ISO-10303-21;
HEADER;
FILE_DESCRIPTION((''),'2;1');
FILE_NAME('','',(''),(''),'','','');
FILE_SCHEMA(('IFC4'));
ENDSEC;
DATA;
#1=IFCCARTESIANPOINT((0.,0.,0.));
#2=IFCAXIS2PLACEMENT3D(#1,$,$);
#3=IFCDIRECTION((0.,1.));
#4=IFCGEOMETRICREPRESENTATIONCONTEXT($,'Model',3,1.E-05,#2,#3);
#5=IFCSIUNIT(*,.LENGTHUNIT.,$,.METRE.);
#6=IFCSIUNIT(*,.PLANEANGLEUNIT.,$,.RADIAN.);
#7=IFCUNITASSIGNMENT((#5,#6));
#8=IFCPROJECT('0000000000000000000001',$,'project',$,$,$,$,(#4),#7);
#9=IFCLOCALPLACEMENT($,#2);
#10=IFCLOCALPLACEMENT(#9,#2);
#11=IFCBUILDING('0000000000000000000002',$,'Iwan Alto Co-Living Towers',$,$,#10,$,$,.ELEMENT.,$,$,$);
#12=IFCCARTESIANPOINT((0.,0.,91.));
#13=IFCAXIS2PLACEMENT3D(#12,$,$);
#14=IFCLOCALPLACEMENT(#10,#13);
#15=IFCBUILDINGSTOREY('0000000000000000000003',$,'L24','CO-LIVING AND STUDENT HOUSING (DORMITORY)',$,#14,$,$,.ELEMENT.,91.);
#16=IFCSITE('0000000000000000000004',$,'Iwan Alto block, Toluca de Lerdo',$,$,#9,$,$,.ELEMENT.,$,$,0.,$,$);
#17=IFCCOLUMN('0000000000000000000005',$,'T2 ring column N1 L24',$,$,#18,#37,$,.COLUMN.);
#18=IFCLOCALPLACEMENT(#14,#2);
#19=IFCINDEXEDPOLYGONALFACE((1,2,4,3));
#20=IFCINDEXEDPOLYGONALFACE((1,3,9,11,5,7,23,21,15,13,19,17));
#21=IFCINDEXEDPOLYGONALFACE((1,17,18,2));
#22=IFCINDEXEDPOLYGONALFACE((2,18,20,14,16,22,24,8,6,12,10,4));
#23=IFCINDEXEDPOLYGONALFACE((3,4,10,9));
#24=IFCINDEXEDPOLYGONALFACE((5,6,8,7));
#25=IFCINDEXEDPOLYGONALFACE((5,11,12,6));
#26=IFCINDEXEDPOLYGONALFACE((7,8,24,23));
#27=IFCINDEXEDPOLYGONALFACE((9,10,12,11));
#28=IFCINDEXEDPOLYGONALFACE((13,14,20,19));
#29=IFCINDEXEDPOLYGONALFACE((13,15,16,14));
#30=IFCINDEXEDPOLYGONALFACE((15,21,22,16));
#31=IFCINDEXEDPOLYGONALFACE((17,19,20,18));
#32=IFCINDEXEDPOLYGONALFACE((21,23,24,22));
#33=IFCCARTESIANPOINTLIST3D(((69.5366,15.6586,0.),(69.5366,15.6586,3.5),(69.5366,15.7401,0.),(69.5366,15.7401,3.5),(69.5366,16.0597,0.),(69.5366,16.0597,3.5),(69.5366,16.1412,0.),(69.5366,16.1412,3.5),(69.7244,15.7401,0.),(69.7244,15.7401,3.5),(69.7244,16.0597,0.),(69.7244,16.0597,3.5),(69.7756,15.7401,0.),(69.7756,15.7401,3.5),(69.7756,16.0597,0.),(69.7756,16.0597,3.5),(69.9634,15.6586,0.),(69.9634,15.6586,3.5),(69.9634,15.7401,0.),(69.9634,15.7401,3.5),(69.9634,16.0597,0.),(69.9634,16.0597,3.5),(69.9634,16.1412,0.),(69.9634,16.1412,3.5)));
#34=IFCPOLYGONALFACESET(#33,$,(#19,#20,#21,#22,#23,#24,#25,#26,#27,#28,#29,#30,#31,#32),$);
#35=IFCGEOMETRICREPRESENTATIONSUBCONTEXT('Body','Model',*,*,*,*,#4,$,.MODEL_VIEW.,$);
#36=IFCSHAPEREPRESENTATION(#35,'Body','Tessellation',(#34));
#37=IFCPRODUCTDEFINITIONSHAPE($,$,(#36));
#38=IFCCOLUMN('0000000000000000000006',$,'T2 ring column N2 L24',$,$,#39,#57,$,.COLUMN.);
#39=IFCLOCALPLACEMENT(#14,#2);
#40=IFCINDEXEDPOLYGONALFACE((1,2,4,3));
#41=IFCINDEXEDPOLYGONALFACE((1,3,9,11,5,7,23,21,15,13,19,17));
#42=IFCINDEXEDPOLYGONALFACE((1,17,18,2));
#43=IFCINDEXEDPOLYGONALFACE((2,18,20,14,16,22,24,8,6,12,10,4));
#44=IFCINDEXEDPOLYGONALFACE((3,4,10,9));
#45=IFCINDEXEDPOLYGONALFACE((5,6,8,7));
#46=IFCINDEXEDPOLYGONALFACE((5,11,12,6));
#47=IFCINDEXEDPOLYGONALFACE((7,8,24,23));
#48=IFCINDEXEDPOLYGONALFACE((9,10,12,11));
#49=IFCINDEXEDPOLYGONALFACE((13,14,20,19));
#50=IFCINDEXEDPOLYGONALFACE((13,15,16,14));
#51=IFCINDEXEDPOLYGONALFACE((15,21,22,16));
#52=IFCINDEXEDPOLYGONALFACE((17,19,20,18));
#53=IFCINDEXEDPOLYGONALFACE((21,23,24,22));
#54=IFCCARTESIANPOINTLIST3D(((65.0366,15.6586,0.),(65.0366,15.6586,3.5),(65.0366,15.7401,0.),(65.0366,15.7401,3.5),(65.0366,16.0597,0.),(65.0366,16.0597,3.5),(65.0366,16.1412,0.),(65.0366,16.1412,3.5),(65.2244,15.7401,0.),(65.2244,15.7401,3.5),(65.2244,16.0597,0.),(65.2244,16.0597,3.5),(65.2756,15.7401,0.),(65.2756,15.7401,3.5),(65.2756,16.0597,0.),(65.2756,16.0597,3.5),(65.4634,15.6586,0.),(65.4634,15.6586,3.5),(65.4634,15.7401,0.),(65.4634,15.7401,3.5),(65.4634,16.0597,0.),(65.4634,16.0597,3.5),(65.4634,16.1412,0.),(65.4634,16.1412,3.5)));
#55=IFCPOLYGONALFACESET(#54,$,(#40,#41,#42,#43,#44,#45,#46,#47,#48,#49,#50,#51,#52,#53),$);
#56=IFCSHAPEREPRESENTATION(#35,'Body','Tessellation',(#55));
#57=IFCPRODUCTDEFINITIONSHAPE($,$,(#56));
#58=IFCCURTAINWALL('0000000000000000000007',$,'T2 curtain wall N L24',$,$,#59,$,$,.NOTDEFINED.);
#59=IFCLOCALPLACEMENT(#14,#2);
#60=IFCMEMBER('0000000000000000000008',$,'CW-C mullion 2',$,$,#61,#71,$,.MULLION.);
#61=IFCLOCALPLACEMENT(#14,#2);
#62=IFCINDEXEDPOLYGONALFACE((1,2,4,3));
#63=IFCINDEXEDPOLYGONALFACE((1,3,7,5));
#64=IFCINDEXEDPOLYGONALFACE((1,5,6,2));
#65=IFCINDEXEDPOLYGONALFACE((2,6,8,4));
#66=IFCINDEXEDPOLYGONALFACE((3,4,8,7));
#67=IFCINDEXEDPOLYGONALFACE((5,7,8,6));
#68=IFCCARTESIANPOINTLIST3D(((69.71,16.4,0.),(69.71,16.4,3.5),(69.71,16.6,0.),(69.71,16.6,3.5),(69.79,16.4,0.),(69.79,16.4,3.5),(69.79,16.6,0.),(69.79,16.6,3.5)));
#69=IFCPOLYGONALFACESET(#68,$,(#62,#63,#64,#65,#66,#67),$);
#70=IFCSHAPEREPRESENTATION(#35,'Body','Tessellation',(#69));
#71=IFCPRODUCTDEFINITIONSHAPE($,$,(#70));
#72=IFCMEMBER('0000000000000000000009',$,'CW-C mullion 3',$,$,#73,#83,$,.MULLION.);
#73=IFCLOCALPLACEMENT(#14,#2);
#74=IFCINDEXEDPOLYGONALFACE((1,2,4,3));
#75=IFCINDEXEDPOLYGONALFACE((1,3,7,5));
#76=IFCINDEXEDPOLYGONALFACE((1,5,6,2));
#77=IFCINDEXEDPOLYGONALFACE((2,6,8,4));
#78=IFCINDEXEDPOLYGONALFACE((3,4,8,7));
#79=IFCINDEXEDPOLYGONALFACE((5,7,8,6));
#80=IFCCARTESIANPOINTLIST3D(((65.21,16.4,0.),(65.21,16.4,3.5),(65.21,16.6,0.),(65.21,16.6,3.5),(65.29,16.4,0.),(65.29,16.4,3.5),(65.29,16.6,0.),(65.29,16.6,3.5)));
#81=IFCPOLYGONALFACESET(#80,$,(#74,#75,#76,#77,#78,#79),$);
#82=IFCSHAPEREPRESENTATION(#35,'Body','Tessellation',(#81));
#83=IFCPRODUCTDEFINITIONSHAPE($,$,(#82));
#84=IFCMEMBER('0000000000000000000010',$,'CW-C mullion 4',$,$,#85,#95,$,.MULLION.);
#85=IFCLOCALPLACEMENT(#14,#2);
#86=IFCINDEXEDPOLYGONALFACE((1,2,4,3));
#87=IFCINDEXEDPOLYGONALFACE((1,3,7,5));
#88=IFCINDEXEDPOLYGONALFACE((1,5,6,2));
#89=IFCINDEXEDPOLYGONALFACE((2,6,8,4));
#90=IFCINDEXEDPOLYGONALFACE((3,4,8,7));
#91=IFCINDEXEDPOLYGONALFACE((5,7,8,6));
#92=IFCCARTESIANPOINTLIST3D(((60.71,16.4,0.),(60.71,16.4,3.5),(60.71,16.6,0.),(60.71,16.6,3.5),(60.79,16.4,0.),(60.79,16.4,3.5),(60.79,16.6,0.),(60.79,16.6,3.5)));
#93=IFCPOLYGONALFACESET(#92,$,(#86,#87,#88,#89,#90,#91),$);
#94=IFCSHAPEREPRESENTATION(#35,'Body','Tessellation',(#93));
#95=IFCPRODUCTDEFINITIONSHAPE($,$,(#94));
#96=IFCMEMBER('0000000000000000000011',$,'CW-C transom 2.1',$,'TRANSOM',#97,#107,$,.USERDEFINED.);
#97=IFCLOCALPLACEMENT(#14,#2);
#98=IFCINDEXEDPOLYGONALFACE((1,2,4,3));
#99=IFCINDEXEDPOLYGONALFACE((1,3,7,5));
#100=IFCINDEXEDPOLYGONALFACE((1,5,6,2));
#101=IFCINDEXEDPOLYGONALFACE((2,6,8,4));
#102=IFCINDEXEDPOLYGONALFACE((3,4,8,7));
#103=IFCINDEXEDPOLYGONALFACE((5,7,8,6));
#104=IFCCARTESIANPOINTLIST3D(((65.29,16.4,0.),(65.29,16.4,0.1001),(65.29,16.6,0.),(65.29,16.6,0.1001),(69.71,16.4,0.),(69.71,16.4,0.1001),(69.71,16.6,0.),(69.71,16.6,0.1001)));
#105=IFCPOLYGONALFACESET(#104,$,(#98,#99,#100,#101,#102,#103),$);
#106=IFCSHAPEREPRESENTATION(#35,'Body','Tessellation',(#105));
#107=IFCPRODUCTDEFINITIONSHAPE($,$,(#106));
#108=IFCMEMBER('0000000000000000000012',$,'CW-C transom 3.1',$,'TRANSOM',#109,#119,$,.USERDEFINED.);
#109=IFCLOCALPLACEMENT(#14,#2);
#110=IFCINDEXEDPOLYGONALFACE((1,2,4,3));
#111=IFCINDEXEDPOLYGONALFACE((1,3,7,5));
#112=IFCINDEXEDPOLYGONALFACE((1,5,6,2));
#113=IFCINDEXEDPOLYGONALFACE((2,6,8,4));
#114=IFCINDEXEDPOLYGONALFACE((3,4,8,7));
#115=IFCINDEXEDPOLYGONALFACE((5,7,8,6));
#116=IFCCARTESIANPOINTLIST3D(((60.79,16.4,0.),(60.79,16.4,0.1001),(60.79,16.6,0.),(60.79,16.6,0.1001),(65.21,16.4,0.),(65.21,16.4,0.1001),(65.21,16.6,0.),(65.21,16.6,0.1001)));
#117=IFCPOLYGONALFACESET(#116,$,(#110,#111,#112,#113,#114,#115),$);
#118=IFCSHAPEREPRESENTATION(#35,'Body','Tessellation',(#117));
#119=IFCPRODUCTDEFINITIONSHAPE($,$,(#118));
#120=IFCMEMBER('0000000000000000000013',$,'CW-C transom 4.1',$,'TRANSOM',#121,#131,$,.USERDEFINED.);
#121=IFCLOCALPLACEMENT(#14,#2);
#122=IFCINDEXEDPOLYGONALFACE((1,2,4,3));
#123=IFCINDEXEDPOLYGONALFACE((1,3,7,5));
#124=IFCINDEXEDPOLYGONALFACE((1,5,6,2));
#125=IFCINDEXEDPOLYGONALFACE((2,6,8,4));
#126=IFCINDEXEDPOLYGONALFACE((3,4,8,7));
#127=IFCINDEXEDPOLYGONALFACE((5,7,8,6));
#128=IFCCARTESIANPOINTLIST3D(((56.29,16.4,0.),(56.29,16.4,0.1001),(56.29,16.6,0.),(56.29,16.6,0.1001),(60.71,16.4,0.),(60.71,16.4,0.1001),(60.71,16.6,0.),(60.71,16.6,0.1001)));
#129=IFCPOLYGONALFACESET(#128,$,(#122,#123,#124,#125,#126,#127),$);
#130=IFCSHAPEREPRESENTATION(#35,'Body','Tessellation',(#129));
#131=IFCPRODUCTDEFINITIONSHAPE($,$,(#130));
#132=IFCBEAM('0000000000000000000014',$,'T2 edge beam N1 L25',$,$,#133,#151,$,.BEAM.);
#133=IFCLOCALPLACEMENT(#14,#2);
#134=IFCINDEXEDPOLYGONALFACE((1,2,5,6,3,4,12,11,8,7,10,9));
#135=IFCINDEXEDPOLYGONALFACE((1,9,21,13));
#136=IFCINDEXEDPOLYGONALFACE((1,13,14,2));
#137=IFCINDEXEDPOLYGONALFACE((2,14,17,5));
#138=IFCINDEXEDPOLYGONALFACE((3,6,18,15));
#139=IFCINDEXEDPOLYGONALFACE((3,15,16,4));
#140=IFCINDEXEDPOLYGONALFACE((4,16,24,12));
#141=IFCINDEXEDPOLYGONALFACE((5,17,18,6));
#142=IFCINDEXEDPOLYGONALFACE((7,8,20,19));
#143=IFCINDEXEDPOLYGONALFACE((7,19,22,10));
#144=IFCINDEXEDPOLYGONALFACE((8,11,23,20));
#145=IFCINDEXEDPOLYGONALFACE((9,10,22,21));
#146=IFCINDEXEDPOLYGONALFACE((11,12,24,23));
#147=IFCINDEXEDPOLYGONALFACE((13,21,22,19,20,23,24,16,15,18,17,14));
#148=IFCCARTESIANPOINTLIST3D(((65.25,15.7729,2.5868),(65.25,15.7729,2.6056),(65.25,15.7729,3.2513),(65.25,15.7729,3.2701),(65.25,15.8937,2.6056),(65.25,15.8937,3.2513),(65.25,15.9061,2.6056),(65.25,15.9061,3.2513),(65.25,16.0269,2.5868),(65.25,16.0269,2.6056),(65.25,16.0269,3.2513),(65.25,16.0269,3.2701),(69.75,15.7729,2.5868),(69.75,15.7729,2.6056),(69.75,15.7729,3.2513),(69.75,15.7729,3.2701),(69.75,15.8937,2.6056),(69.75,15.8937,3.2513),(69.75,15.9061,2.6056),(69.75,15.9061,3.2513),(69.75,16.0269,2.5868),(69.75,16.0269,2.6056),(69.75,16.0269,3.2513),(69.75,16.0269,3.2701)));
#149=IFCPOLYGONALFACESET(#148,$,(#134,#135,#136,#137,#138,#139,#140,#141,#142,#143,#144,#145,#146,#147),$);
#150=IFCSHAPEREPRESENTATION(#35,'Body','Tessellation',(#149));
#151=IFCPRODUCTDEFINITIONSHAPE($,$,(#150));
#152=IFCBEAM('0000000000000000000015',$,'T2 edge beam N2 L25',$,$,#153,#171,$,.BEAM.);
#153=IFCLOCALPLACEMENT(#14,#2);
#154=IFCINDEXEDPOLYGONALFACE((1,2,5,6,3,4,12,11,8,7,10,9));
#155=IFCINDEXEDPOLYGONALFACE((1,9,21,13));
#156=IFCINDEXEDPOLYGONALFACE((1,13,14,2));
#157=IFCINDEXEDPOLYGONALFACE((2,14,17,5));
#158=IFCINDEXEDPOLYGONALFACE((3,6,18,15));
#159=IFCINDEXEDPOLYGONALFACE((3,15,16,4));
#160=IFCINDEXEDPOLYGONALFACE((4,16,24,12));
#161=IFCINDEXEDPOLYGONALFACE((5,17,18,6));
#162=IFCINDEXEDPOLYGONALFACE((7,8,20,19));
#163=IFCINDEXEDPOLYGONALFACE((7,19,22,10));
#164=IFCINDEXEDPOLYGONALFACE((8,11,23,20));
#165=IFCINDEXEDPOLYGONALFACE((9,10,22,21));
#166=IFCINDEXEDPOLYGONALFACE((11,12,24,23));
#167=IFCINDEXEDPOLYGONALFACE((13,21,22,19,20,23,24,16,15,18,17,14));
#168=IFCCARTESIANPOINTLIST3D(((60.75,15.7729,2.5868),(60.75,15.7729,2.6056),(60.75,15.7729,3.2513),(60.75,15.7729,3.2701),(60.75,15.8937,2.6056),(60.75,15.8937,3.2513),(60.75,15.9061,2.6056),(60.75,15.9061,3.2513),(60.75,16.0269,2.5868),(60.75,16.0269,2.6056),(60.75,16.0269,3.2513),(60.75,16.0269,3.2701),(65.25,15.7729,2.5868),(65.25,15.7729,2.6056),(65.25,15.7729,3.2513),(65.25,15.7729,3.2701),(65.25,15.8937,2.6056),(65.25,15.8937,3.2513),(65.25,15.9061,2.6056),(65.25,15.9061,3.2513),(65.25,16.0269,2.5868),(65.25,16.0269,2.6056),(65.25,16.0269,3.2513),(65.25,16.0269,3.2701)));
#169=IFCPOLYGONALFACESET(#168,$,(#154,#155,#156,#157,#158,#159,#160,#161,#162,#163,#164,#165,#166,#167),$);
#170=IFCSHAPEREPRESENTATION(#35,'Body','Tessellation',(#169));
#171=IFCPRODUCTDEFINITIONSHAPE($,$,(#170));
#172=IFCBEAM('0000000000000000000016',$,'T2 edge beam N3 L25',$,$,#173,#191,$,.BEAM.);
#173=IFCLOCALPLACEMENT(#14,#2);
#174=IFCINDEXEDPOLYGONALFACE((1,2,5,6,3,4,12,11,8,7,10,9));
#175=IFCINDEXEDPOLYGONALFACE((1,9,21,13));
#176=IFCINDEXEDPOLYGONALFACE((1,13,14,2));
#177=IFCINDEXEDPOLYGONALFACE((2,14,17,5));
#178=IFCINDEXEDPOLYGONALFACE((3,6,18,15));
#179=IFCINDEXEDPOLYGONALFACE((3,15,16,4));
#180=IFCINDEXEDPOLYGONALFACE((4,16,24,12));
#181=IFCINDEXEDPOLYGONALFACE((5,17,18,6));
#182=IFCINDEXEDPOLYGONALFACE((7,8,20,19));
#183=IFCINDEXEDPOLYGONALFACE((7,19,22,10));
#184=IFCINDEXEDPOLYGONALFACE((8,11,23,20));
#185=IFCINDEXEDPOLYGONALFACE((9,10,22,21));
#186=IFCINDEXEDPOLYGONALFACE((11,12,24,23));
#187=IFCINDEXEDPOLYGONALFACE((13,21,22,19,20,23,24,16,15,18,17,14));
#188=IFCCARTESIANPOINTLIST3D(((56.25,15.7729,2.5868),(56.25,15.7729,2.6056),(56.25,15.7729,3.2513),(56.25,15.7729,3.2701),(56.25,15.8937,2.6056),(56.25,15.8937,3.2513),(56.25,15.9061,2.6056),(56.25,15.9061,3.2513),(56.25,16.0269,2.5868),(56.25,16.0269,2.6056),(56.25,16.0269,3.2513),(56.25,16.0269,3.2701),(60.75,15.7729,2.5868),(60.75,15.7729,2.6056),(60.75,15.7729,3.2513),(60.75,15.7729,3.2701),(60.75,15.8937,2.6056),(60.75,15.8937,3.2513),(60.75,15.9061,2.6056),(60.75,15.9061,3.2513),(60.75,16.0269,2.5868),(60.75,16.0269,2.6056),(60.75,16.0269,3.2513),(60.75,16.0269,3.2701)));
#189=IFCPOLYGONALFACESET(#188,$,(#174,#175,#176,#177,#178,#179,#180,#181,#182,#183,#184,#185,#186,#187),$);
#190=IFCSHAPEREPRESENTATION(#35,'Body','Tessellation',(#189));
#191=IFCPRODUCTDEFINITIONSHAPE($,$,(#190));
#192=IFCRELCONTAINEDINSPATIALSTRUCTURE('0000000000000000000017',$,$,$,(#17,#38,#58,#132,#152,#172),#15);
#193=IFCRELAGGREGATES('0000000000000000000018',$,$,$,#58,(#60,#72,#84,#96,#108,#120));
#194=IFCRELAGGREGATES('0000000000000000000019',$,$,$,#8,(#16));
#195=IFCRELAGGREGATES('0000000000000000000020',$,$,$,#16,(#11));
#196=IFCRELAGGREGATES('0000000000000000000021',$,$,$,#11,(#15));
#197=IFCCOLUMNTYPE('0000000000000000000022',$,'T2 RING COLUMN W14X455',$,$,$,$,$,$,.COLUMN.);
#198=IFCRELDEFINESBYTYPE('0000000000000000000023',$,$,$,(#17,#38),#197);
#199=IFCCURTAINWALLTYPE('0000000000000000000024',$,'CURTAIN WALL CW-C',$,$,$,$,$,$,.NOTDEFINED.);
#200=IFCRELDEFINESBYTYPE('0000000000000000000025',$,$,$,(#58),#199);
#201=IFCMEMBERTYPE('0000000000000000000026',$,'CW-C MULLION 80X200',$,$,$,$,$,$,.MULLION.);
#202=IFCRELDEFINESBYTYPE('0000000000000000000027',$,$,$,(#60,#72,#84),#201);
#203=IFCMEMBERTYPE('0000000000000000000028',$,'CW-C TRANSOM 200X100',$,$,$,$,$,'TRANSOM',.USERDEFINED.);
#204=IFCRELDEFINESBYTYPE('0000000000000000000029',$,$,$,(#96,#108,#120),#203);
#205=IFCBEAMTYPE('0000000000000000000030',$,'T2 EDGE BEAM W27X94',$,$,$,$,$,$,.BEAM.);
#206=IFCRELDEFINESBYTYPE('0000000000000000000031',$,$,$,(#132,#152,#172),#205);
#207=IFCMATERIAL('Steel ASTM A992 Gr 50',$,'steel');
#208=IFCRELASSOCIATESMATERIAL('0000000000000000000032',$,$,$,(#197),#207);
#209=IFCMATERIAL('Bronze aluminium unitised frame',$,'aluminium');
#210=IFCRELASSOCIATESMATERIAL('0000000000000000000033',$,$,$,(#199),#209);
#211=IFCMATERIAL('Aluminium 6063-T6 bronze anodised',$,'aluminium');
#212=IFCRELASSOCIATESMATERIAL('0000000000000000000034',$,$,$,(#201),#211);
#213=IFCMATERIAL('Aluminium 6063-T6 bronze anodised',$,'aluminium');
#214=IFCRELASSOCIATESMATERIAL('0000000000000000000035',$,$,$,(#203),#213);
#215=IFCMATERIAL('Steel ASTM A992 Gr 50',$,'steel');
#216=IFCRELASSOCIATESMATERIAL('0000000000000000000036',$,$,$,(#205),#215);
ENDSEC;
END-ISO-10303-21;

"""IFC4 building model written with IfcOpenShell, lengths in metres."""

from ifc_helpers import new_model, si_unit, direction, frame, origin, origin_2d, place, context, subcontext, project, spatial, rectangle, i_section, extrude, material, material_profile, profile_set, type_object, element, aggregate, save


model = new_model("IFC4")

# Units and contexts
model_context = context("Model", 3, precision=1e-05, world=origin(), true_north=direction((0.0, 1.0)))
body_context = subcontext(model_context, "Body", "Model", "MODEL_VIEW")
ifc_project = project(units=[si_unit("LENGTHUNIT", "METRE"), si_unit("PLANEANGLEUNIT", "RADIAN")], contexts=[model_context])

# Site, building, storey
site_placement = place(None, origin())
site = spatial("IfcSite", under=ifc_project, at=site_placement, Name="Iwan Alto block, Toluca de Lerdo", CompositionType="ELEMENT", RefElevation=0.0)
building_placement = place(site_placement, origin())
building = spatial("IfcBuilding", under=site, at=building_placement, Name="Iwan Alto Co-Living Towers", CompositionType="ELEMENT")
storey_placement = place(building_placement, frame((0.0, 0.0, 91.0)))
storey = spatial("IfcBuildingStorey", under=building, at=storey_placement, Name="L24", Description="CO-LIVING AND STUDENT HOUSING (DORMITORY)", CompositionType="ELEMENT", Elevation=91.0)

# Columns
ifc_material_1 = material(Name="Steel ASTM A992 Gr 50", Category="steel")
ifc_material_profile_1 = material_profile(ifc_material_1, i_section(OverallWidth=0.4268, OverallDepth=0.4827, WebThickness=0.0513, FlangeThickness=0.0815, at=origin_2d()), Name="W14X455")
ifc_profile_set_1 = profile_set([ifc_material_profile_1], Name="Steel ASTM A992 Gr 50")
column_type = type_object("IfcColumnType", Name="T2 RING COLUMN W14X455", PredefinedType="COLUMN", material=ifc_profile_set_1)
for number, where, z_axis, x_axis, name in (
    (1, (69.75, 15.8999, 0.0), (0.0, 0.0, 1.0), (1.0, 0.0, 0.0), "T2 ring column N1 L24"),
    (2, (65.25, 15.8999, 0.0), (0.0, 0.0, 1.0), (1.0, 0.0, 0.0), "T2 ring column N2 L24"),
):
    element("IfcColumn", number, at=place(storey_placement, frame(where, z_axis=z_axis, x_axis=x_axis)), inside=storey, type_object=column_type, Name=name, PredefinedType="COLUMN", context=body_context, shape_type="SweptSolid", body=[
        extrude(i_section(OverallWidth=0.4268, OverallDepth=0.4827, WebThickness=0.0513, FlangeThickness=0.0815, at=origin_2d()), origin(), (0.0, 0.0, 1.0), 3.5),
    ])

# Curtain wall, members
ifc_material_2 = material(Name="Bronze aluminium unitised frame", Category="aluminium")
curtain_wall_type = type_object("IfcCurtainWallType", Name="CURTAIN WALL CW-C", PredefinedType="NOTDEFINED", material=ifc_material_2)
curtain_wall_placement = place(storey_placement, origin())
curtain_wall = element("IfcCurtainWall", 3, at=curtain_wall_placement, inside=storey, type_object=curtain_wall_type, Name="T2 curtain wall N L24", PredefinedType="NOTDEFINED")
ifc_material_3 = material(Name="Aluminium 6063-T6 bronze anodised", Category="aluminium")
ifc_material_profile_2 = material_profile(ifc_material_3, rectangle(XDim=0.2, YDim=0.0801, at=origin_2d()), Name="AL 80X200")
ifc_profile_set_2 = profile_set([ifc_material_profile_2], Name="Aluminium 6063-T6 bronze anodised")
member_type_1 = type_object("IfcMemberType", Name="CW-C MULLION 80X200", PredefinedType="MULLION", material=ifc_profile_set_2)
member_1_placement = place(storey_placement, frame((69.75, 16.5, 0.0), z_axis=(0.0, 0.0, 1.0), x_axis=(0.0, -1.0, 0.0)))
member_1 = element("IfcMember", 4, at=member_1_placement, type_object=member_type_1, Name="CW-C mullion 2", PredefinedType="MULLION", context=body_context, shape_type="SweptSolid", body=[
    extrude(rectangle(XDim=0.2, YDim=0.0801, at=origin_2d()), origin(), (0.0, 0.0, 1.0), 3.5),
])
member_2_placement = place(storey_placement, frame((65.25, 16.5, 0.0), z_axis=(0.0, 0.0, 1.0), x_axis=(0.0, -1.0, 0.0)))
member_2 = element("IfcMember", 5, at=member_2_placement, type_object=member_type_1, Name="CW-C mullion 3", PredefinedType="MULLION", context=body_context, shape_type="SweptSolid", body=[
    extrude(rectangle(XDim=0.2, YDim=0.0801, at=origin_2d()), origin(), (0.0, 0.0, 1.0), 3.5),
])
member_3_placement = place(storey_placement, frame((60.75, 16.5, 0.0), z_axis=(0.0, 0.0, 1.0), x_axis=(0.0, -1.0, 0.0)))
member_3 = element("IfcMember", 6, at=member_3_placement, type_object=member_type_1, Name="CW-C mullion 4", PredefinedType="MULLION", context=body_context, shape_type="SweptSolid", body=[
    extrude(rectangle(XDim=0.2, YDim=0.0801, at=origin_2d()), origin(), (0.0, 0.0, 1.0), 3.5),
])
ifc_material_4 = material(Name="Aluminium 6063-T6 bronze anodised", Category="aluminium")
ifc_material_profile_3 = material_profile(ifc_material_4, rectangle(XDim=0.2, YDim=0.1001, at=origin_2d()), Name="AL 200X100")
ifc_profile_set_3 = profile_set([ifc_material_profile_3], Name="Aluminium 6063-T6 bronze anodised")
member_type_2 = type_object("IfcMemberType", Name="CW-C TRANSOM 200X100", ElementType="TRANSOM", PredefinedType="USERDEFINED", material=ifc_profile_set_3)
member_4_placement = place(storey_placement, frame((69.71, 16.5, 0.05), z_axis=(-1.0, 0.0, 0.0), x_axis=(0.0, -1.0, 0.0)))
member_4 = element("IfcMember", 7, at=member_4_placement, type_object=member_type_2, Name="CW-C transom 2.1", ObjectType="TRANSOM", PredefinedType="USERDEFINED", context=body_context, shape_type="SweptSolid", body=[
    extrude(rectangle(XDim=0.2, YDim=0.1001, at=origin_2d()), origin(), (0.0, 0.0, 1.0), 4.4199),
])
member_5_placement = place(storey_placement, frame((65.21, 16.5, 0.05), z_axis=(-1.0, 0.0, 0.0), x_axis=(0.0, -1.0, 0.0)))
member_5 = element("IfcMember", 8, at=member_5_placement, type_object=member_type_2, Name="CW-C transom 3.1", ObjectType="TRANSOM", PredefinedType="USERDEFINED", context=body_context, shape_type="SweptSolid", body=[
    extrude(rectangle(XDim=0.2, YDim=0.1001, at=origin_2d()), origin(), (0.0, 0.0, 1.0), 4.4199),
])
member_6_placement = place(storey_placement, frame((60.71, 16.5, 0.05), z_axis=(-1.0, 0.0, 0.0), x_axis=(0.0, -1.0, 0.0)))
member_6 = element("IfcMember", 9, at=member_6_placement, type_object=member_type_2, Name="CW-C transom 4.1", ObjectType="TRANSOM", PredefinedType="USERDEFINED", context=body_context, shape_type="SweptSolid", body=[
    extrude(rectangle(XDim=0.2, YDim=0.1001, at=origin_2d()), origin(), (0.0, 0.0, 1.0), 4.4199),
])

# Beams
ifc_material_5 = material(Name="Steel ASTM A992 Gr 50", Category="steel")
ifc_material_profile_4 = material_profile(ifc_material_5, i_section(OverallWidth=0.2539, OverallDepth=0.6833, WebThickness=0.0125, FlangeThickness=0.0188, at=origin_2d()), Name="W27X94")
ifc_profile_set_4 = profile_set([ifc_material_profile_4], Name="Steel ASTM A992 Gr 50")
beam_type_1 = type_object("IfcBeamType", Name="T2 EDGE BEAM W27X94", PredefinedType="BEAM", material=ifc_profile_set_4)
for number, where, z_axis, x_axis, name in (
    (10, (69.75, 15.8999, 2.9285), (-1.0, 0.0, 0.0), (0.0, -1.0, 0.0), "T2 edge beam N1 L25"),
    (11, (65.25, 15.8999, 2.9285), (-1.0, 0.0, 0.0), (0.0, -1.0, 0.0), "T2 edge beam N2 L25"),
    (12, (60.75, 15.8999, 2.9285), (-1.0, 0.0, 0.0), (0.0, -1.0, 0.0), "T2 edge beam N3 L25"),
):
    element("IfcBeam", number, at=place(storey_placement, frame(where, z_axis=z_axis, x_axis=x_axis)), inside=storey, type_object=beam_type_1, Name=name, PredefinedType="BEAM", context=body_context, shape_type="SweptSolid", body=[
        extrude(i_section(OverallWidth=0.2539, OverallDepth=0.6833, WebThickness=0.0125, FlangeThickness=0.0188, at=origin_2d()), origin(), (0.0, 0.0, 1.0), 4.5),
    ])

aggregate(curtain_wall, [member_1, member_2, member_3, member_4, member_5, member_6])

save(model, "model.ifc")
